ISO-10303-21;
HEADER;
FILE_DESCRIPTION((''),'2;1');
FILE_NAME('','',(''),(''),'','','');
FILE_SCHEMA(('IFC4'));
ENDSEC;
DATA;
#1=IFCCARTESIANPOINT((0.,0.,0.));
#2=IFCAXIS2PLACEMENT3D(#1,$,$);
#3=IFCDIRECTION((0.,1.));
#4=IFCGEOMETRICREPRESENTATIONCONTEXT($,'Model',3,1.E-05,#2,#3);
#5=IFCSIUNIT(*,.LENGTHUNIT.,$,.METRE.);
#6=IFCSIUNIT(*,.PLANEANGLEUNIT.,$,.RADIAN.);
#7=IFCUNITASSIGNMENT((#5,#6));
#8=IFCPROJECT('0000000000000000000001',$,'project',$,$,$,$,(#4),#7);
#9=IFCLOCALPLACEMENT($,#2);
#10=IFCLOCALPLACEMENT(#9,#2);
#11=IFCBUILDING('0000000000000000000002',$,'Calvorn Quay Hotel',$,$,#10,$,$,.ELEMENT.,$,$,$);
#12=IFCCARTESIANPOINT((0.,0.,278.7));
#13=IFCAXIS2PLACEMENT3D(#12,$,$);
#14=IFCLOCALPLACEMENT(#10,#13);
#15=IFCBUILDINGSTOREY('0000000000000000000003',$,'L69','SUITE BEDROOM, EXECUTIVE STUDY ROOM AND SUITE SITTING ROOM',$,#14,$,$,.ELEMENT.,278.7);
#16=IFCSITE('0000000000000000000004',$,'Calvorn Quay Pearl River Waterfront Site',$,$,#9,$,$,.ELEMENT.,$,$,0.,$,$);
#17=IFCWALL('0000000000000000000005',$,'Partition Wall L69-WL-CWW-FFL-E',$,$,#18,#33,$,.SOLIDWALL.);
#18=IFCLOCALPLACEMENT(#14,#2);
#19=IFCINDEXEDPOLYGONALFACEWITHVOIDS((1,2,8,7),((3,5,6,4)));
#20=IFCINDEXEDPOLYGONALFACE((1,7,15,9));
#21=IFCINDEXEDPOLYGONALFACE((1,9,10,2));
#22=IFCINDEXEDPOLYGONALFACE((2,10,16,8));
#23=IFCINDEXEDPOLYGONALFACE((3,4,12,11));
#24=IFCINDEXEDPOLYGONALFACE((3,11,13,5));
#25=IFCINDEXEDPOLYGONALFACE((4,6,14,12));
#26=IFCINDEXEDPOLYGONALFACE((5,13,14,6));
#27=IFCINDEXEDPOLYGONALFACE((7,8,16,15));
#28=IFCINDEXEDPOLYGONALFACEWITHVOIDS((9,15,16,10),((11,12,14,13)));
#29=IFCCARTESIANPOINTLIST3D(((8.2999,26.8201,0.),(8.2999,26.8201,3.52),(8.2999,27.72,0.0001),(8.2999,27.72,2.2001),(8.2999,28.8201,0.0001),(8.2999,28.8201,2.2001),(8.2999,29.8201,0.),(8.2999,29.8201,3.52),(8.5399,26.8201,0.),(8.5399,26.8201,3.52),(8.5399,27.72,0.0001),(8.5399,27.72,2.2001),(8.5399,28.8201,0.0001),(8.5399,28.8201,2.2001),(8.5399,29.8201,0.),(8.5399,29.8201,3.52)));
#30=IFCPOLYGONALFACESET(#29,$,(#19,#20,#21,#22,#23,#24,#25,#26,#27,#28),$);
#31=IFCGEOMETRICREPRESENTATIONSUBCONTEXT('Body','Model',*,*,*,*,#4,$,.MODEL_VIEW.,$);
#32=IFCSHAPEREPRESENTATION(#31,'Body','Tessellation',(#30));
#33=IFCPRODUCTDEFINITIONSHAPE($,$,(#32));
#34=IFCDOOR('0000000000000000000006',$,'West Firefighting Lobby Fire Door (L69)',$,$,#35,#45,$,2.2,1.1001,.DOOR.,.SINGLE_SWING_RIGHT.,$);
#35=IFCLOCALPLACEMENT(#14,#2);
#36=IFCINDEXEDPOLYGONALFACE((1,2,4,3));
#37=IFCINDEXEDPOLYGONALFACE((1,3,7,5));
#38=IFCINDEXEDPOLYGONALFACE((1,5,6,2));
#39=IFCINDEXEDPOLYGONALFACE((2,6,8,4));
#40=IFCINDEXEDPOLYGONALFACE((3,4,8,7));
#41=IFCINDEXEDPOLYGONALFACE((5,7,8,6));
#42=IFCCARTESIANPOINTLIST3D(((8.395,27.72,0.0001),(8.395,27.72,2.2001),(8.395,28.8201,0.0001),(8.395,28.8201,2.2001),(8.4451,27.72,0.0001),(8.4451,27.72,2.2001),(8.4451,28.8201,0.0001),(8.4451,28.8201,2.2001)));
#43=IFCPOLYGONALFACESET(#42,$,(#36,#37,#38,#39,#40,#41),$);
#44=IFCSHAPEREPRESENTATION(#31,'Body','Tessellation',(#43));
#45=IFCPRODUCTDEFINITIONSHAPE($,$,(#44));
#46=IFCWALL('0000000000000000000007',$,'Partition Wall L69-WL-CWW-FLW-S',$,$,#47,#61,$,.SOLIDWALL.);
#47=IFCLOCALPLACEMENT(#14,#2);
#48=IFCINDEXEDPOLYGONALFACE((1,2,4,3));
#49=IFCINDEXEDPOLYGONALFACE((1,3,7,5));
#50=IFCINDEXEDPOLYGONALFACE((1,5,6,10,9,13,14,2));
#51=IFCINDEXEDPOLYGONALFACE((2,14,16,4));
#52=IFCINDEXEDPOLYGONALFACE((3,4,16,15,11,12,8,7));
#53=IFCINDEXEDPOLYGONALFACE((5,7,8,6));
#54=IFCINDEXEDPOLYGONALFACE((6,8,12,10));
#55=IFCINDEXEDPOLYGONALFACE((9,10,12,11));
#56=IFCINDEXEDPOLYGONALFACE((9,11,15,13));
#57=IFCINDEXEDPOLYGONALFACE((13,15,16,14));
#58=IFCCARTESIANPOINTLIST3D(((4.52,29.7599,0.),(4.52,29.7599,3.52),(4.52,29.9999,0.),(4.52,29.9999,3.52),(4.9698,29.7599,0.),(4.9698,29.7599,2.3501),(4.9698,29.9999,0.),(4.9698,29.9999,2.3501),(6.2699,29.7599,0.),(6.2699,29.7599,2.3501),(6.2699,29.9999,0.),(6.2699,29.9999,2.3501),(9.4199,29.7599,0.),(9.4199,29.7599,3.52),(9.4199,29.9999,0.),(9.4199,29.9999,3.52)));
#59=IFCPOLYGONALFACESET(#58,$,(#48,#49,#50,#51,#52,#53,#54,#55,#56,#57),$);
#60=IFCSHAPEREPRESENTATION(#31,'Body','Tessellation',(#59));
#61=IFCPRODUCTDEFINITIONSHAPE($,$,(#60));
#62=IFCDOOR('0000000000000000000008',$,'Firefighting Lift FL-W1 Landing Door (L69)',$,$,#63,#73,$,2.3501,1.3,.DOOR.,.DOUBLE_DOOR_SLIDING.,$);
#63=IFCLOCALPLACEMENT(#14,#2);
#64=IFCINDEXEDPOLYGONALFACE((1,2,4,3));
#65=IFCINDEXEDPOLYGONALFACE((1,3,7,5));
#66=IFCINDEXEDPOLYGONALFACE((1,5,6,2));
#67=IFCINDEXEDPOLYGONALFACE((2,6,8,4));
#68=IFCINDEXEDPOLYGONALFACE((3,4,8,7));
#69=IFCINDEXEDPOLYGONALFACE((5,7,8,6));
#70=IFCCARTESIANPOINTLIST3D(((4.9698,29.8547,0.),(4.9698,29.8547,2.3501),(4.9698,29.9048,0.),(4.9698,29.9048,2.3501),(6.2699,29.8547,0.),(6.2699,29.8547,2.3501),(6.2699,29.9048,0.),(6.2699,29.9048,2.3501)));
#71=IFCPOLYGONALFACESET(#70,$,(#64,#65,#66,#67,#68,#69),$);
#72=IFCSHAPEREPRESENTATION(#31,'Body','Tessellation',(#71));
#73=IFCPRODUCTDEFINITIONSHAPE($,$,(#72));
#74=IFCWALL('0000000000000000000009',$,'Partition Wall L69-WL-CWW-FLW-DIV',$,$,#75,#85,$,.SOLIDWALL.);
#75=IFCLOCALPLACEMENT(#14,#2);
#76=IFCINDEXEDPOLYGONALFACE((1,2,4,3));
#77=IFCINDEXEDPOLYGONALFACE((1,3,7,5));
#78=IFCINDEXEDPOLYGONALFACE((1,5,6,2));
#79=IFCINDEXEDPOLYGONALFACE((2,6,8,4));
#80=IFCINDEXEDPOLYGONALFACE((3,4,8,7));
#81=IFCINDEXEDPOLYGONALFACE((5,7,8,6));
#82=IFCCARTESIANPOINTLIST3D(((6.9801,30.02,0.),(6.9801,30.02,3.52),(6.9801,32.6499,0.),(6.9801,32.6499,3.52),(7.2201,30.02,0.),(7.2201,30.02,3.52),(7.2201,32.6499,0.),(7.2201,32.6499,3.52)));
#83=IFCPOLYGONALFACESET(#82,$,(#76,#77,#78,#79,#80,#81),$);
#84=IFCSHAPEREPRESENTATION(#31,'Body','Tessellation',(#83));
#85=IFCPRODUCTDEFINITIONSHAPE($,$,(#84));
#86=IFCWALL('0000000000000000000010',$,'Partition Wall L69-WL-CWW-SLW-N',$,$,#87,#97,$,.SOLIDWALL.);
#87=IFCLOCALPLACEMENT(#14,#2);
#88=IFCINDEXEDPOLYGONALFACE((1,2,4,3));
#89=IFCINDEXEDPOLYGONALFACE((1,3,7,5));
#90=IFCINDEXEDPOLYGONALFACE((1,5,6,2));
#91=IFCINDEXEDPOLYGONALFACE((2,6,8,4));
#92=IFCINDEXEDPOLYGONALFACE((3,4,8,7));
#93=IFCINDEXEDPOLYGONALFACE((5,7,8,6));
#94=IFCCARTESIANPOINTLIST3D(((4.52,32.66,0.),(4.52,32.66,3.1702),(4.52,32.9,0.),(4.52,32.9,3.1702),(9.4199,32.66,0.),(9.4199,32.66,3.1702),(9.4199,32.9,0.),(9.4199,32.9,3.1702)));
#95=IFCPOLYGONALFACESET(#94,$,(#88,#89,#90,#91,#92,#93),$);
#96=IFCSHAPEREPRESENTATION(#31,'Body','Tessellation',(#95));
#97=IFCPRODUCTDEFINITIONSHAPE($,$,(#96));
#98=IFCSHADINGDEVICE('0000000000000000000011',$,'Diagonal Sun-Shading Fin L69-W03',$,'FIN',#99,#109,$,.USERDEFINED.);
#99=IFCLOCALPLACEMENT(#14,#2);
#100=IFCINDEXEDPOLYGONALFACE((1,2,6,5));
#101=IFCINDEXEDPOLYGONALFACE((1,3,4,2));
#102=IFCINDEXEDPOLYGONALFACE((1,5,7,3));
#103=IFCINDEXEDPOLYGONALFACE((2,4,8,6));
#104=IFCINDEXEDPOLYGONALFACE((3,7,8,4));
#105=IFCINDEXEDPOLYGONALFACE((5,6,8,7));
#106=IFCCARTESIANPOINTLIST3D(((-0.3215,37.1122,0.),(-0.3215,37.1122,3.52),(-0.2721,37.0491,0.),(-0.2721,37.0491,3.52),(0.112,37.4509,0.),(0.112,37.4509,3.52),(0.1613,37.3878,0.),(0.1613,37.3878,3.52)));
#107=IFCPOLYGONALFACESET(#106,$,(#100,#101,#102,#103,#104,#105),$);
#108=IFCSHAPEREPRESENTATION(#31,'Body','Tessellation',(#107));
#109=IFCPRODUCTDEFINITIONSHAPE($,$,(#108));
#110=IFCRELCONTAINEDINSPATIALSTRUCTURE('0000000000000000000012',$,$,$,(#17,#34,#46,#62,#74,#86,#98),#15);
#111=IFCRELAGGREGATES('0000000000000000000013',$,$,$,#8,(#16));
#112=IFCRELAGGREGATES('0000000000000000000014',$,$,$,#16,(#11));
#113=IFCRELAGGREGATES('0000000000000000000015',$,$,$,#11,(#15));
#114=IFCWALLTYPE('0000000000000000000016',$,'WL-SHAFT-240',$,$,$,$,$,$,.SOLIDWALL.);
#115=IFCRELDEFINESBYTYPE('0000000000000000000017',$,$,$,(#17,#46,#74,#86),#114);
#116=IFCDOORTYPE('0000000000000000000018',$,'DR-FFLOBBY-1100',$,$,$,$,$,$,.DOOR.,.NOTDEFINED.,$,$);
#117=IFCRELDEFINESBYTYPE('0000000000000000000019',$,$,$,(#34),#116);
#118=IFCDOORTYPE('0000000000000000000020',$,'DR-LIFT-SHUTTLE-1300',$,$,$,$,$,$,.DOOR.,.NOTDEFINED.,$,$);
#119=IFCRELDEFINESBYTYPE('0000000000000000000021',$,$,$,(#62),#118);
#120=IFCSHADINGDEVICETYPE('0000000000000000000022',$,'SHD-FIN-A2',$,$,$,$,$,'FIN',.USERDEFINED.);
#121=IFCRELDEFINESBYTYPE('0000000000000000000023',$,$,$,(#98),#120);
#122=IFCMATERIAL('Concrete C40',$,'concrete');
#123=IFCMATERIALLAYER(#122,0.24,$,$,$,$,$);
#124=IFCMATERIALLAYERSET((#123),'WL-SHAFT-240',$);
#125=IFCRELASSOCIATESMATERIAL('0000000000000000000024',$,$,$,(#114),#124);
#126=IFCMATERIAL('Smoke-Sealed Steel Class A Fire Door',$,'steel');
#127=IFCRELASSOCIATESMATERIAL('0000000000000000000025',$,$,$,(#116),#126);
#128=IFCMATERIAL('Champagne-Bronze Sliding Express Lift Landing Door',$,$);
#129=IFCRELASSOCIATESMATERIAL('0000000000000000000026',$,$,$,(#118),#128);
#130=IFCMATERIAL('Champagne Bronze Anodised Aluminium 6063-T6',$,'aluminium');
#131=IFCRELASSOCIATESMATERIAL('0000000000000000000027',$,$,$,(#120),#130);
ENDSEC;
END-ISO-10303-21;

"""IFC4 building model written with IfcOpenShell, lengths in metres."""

from ifc_helpers import new_model, si_unit, direction, frame, frame_2d, origin, origin_2d, place, context, subcontext, project, spatial, rectangle, extrude, material, layer, layer_set, type_object, element, fill, save


model = new_model("IFC4")

# Units and contexts
model_context = context("Model", 3, precision=1e-05, world=origin(), true_north=direction((0.0, 1.0)))
body_context = subcontext(model_context, "Body", "Model", "MODEL_VIEW")
ifc_project = project(units=[si_unit("LENGTHUNIT", "METRE"), si_unit("PLANEANGLEUNIT", "RADIAN")], contexts=[model_context])

# Site, building, storey
site_placement = place(None, origin())
site = spatial("IfcSite", under=ifc_project, at=site_placement, Name="Calvorn Quay Pearl River Waterfront Site", CompositionType="ELEMENT", RefElevation=0.0)
building_placement = place(site_placement, origin())
building = spatial("IfcBuilding", under=site, at=building_placement, Name="Calvorn Quay Hotel", CompositionType="ELEMENT")
storey_placement = place(building_placement, frame((0.0, 0.0, 278.7)))
storey = spatial("IfcBuildingStorey", under=building, at=storey_placement, Name="L69", Description="SUITE BEDROOM, EXECUTIVE STUDY ROOM AND SUITE SITTING ROOM", CompositionType="ELEMENT", Elevation=278.7)

# Walls, openings, doors
ifc_material_1 = material(Name="Concrete C40", Category="concrete")
ifc_layer_1 = layer(ifc_material_1, 0.24)
ifc_layer_set_1 = layer_set([ifc_layer_1], Name="WL-SHAFT-240")
wall_type_1 = type_object("IfcWallType", Name="WL-SHAFT-240", PredefinedType="SOLIDWALL", material=ifc_layer_set_1)
wall_1_placement = place(storey_placement, frame((8.4199, 26.8201, 0.0), z_axis=(0.0, 0.0, 1.0), x_axis=(0.0, 1.0, 0.0)))
wall_1 = element("IfcWall", 1, at=wall_1_placement, inside=storey, type_object=wall_type_1, Name="Partition Wall L69-WL-CWW-FFL-E", PredefinedType="SOLIDWALL", context=body_context, shape_type="SweptSolid", body=[
    extrude(rectangle(XDim=3.0, YDim=0.24, at=frame_2d((1.5, 0.0))), origin(), (0.0, 0.0, 1.0), 3.52),
])
opening_1_placement = place(wall_1_placement, frame((0.8999, 0.0, 0.0)))
opening_1 = element("IfcOpeningElement", 2, at=opening_1_placement, cuts=wall_1, PredefinedType="OPENING", context=body_context, shape_type="SweptSolid", body=[
    extrude(rectangle(XDim=1.1001, YDim=2.2, at=frame_2d((0.55, 1.1001))), frame((0.0, 0.1299, 0.0), z_axis=(0.0, -1.0, 0.0), x_axis=(1.0, 0.0, 0.0)), (0.0, 0.0, 1.0), 0.26),
])
ifc_material_2 = material(Name="Smoke-Sealed Steel Class A Fire Door", Category="steel")
door_type_1 = type_object("IfcDoorType", Name="DR-FFLOBBY-1100", OperationType="NOTDEFINED", PredefinedType="DOOR", material=ifc_material_2)
door_1_placement = place(opening_1_placement, origin())
door_1 = element("IfcDoor", 3, at=door_1_placement, inside=storey, type_object=door_type_1, Name="West Firefighting Lobby Fire Door (L69)", OperationType="SINGLE_SWING_RIGHT", OverallHeight=2.2, OverallWidth=1.1001, PredefinedType="DOOR", context=body_context, shape_type="SweptSolid", body=[
    extrude(rectangle(XDim=1.1001, YDim=2.2, at=frame_2d((0.55, 1.1001))), frame((0.0, 0.0249, 0.0), z_axis=(0.0, -1.0, 0.0), x_axis=(1.0, 0.0, 0.0)), (0.0, 0.0, 1.0), 0.05),
])
fill(opening_1, door_1)
wall_2_placement = place(storey_placement, frame((4.52, 29.8799, 0.0), z_axis=(0.0, 0.0, 1.0), x_axis=(1.0, 0.0, 0.0)))
wall_2 = element("IfcWall", 4, at=wall_2_placement, inside=storey, type_object=wall_type_1, Name="Partition Wall L69-WL-CWW-FLW-S", PredefinedType="SOLIDWALL", context=body_context, shape_type="SweptSolid", body=[
    extrude(rectangle(XDim=4.8999, YDim=0.24, at=frame_2d((2.45, 0.0))), origin(), (0.0, 0.0, 1.0), 3.52),
])
opening_2_placement = place(wall_2_placement, frame((0.45, 0.0, 0.0)))
opening_2 = element("IfcOpeningElement", 5, at=opening_2_placement, cuts=wall_2, PredefinedType="OPENING", context=body_context, shape_type="SweptSolid", body=[
    extrude(rectangle(XDim=1.3, YDim=2.3501, at=frame_2d((0.6499, 1.175))), frame((0.0, 0.1299, 0.0), z_axis=(0.0, -1.0, 0.0), x_axis=(1.0, 0.0, 0.0)), (0.0, 0.0, 1.0), 0.26),
])
ifc_material_3 = material(Name="Champagne-Bronze Sliding Express Lift Landing Door")
door_type_2 = type_object("IfcDoorType", Name="DR-LIFT-SHUTTLE-1300", OperationType="NOTDEFINED", PredefinedType="DOOR", material=ifc_material_3)
door_2_placement = place(opening_2_placement, origin())
door_2 = element("IfcDoor", 6, at=door_2_placement, inside=storey, type_object=door_type_2, Name="Firefighting Lift FL-W1 Landing Door (L69)", OperationType="DOUBLE_DOOR_SLIDING", OverallHeight=2.3501, OverallWidth=1.3, PredefinedType="DOOR", context=body_context, shape_type="SweptSolid", body=[
    extrude(rectangle(XDim=1.3, YDim=2.3501, at=frame_2d((0.6499, 1.175))), frame((0.0, 0.0249, 0.0), z_axis=(0.0, -1.0, 0.0), x_axis=(1.0, 0.0, 0.0)), (0.0, 0.0, 1.0), 0.05),
])
fill(opening_2, door_2)

# Walls
wall_3_placement = place(storey_placement, frame((7.1001, 30.02, 0.0), z_axis=(0.0, 0.0, 1.0), x_axis=(0.0, 1.0, 0.0)))
element("IfcWall", 7, at=wall_3_placement, inside=storey, type_object=wall_type_1, Name="Partition Wall L69-WL-CWW-FLW-DIV", PredefinedType="SOLIDWALL", context=body_context, shape_type="SweptSolid", body=[
    extrude(rectangle(XDim=2.6299, YDim=0.24, at=frame_2d((1.3149, 0.0))), origin(), (0.0, 0.0, 1.0), 3.52),
])
wall_4_placement = place(storey_placement, frame((4.52, 32.78, 0.0), z_axis=(0.0, 0.0, 1.0), x_axis=(1.0, 0.0, 0.0)))
element("IfcWall", 8, at=wall_4_placement, inside=storey, type_object=wall_type_1, Name="Partition Wall L69-WL-CWW-SLW-N", PredefinedType="SOLIDWALL", context=body_context, shape_type="SweptSolid", body=[
    extrude(rectangle(XDim=4.8999, YDim=0.24, at=frame_2d((2.45, 0.0))), origin(), (0.0, 0.0, 1.0), 3.1702),
])

# Shading device
ifc_material_4 = material(Name="Champagne Bronze Anodised Aluminium 6063-T6", Category="aluminium")
shading_device_type = type_object("IfcShadingDeviceType", Name="SHD-FIN-A2", ElementType="FIN", PredefinedType="USERDEFINED", material=ifc_material_4)
shading_device_placement = place(storey_placement, frame((-0.0801, 37.25, 0.0), z_axis=(0.0, 0.0, 1.0), x_axis=(0.788011, 0.615661, 0.0)))
element("IfcShadingDevice", 9, at=shading_device_placement, inside=storey, type_object=shading_device_type, Name="Diagonal Sun-Shading Fin L69-W03", ObjectType="FIN", PredefinedType="USERDEFINED", context=body_context, shape_type="SweptSolid", body=[
    extrude(rectangle(XDim=0.55, YDim=0.0801, at=origin_2d()), origin(), (0.0, 0.0, 1.0), 3.52),
])

save(model, "model.ifc")
